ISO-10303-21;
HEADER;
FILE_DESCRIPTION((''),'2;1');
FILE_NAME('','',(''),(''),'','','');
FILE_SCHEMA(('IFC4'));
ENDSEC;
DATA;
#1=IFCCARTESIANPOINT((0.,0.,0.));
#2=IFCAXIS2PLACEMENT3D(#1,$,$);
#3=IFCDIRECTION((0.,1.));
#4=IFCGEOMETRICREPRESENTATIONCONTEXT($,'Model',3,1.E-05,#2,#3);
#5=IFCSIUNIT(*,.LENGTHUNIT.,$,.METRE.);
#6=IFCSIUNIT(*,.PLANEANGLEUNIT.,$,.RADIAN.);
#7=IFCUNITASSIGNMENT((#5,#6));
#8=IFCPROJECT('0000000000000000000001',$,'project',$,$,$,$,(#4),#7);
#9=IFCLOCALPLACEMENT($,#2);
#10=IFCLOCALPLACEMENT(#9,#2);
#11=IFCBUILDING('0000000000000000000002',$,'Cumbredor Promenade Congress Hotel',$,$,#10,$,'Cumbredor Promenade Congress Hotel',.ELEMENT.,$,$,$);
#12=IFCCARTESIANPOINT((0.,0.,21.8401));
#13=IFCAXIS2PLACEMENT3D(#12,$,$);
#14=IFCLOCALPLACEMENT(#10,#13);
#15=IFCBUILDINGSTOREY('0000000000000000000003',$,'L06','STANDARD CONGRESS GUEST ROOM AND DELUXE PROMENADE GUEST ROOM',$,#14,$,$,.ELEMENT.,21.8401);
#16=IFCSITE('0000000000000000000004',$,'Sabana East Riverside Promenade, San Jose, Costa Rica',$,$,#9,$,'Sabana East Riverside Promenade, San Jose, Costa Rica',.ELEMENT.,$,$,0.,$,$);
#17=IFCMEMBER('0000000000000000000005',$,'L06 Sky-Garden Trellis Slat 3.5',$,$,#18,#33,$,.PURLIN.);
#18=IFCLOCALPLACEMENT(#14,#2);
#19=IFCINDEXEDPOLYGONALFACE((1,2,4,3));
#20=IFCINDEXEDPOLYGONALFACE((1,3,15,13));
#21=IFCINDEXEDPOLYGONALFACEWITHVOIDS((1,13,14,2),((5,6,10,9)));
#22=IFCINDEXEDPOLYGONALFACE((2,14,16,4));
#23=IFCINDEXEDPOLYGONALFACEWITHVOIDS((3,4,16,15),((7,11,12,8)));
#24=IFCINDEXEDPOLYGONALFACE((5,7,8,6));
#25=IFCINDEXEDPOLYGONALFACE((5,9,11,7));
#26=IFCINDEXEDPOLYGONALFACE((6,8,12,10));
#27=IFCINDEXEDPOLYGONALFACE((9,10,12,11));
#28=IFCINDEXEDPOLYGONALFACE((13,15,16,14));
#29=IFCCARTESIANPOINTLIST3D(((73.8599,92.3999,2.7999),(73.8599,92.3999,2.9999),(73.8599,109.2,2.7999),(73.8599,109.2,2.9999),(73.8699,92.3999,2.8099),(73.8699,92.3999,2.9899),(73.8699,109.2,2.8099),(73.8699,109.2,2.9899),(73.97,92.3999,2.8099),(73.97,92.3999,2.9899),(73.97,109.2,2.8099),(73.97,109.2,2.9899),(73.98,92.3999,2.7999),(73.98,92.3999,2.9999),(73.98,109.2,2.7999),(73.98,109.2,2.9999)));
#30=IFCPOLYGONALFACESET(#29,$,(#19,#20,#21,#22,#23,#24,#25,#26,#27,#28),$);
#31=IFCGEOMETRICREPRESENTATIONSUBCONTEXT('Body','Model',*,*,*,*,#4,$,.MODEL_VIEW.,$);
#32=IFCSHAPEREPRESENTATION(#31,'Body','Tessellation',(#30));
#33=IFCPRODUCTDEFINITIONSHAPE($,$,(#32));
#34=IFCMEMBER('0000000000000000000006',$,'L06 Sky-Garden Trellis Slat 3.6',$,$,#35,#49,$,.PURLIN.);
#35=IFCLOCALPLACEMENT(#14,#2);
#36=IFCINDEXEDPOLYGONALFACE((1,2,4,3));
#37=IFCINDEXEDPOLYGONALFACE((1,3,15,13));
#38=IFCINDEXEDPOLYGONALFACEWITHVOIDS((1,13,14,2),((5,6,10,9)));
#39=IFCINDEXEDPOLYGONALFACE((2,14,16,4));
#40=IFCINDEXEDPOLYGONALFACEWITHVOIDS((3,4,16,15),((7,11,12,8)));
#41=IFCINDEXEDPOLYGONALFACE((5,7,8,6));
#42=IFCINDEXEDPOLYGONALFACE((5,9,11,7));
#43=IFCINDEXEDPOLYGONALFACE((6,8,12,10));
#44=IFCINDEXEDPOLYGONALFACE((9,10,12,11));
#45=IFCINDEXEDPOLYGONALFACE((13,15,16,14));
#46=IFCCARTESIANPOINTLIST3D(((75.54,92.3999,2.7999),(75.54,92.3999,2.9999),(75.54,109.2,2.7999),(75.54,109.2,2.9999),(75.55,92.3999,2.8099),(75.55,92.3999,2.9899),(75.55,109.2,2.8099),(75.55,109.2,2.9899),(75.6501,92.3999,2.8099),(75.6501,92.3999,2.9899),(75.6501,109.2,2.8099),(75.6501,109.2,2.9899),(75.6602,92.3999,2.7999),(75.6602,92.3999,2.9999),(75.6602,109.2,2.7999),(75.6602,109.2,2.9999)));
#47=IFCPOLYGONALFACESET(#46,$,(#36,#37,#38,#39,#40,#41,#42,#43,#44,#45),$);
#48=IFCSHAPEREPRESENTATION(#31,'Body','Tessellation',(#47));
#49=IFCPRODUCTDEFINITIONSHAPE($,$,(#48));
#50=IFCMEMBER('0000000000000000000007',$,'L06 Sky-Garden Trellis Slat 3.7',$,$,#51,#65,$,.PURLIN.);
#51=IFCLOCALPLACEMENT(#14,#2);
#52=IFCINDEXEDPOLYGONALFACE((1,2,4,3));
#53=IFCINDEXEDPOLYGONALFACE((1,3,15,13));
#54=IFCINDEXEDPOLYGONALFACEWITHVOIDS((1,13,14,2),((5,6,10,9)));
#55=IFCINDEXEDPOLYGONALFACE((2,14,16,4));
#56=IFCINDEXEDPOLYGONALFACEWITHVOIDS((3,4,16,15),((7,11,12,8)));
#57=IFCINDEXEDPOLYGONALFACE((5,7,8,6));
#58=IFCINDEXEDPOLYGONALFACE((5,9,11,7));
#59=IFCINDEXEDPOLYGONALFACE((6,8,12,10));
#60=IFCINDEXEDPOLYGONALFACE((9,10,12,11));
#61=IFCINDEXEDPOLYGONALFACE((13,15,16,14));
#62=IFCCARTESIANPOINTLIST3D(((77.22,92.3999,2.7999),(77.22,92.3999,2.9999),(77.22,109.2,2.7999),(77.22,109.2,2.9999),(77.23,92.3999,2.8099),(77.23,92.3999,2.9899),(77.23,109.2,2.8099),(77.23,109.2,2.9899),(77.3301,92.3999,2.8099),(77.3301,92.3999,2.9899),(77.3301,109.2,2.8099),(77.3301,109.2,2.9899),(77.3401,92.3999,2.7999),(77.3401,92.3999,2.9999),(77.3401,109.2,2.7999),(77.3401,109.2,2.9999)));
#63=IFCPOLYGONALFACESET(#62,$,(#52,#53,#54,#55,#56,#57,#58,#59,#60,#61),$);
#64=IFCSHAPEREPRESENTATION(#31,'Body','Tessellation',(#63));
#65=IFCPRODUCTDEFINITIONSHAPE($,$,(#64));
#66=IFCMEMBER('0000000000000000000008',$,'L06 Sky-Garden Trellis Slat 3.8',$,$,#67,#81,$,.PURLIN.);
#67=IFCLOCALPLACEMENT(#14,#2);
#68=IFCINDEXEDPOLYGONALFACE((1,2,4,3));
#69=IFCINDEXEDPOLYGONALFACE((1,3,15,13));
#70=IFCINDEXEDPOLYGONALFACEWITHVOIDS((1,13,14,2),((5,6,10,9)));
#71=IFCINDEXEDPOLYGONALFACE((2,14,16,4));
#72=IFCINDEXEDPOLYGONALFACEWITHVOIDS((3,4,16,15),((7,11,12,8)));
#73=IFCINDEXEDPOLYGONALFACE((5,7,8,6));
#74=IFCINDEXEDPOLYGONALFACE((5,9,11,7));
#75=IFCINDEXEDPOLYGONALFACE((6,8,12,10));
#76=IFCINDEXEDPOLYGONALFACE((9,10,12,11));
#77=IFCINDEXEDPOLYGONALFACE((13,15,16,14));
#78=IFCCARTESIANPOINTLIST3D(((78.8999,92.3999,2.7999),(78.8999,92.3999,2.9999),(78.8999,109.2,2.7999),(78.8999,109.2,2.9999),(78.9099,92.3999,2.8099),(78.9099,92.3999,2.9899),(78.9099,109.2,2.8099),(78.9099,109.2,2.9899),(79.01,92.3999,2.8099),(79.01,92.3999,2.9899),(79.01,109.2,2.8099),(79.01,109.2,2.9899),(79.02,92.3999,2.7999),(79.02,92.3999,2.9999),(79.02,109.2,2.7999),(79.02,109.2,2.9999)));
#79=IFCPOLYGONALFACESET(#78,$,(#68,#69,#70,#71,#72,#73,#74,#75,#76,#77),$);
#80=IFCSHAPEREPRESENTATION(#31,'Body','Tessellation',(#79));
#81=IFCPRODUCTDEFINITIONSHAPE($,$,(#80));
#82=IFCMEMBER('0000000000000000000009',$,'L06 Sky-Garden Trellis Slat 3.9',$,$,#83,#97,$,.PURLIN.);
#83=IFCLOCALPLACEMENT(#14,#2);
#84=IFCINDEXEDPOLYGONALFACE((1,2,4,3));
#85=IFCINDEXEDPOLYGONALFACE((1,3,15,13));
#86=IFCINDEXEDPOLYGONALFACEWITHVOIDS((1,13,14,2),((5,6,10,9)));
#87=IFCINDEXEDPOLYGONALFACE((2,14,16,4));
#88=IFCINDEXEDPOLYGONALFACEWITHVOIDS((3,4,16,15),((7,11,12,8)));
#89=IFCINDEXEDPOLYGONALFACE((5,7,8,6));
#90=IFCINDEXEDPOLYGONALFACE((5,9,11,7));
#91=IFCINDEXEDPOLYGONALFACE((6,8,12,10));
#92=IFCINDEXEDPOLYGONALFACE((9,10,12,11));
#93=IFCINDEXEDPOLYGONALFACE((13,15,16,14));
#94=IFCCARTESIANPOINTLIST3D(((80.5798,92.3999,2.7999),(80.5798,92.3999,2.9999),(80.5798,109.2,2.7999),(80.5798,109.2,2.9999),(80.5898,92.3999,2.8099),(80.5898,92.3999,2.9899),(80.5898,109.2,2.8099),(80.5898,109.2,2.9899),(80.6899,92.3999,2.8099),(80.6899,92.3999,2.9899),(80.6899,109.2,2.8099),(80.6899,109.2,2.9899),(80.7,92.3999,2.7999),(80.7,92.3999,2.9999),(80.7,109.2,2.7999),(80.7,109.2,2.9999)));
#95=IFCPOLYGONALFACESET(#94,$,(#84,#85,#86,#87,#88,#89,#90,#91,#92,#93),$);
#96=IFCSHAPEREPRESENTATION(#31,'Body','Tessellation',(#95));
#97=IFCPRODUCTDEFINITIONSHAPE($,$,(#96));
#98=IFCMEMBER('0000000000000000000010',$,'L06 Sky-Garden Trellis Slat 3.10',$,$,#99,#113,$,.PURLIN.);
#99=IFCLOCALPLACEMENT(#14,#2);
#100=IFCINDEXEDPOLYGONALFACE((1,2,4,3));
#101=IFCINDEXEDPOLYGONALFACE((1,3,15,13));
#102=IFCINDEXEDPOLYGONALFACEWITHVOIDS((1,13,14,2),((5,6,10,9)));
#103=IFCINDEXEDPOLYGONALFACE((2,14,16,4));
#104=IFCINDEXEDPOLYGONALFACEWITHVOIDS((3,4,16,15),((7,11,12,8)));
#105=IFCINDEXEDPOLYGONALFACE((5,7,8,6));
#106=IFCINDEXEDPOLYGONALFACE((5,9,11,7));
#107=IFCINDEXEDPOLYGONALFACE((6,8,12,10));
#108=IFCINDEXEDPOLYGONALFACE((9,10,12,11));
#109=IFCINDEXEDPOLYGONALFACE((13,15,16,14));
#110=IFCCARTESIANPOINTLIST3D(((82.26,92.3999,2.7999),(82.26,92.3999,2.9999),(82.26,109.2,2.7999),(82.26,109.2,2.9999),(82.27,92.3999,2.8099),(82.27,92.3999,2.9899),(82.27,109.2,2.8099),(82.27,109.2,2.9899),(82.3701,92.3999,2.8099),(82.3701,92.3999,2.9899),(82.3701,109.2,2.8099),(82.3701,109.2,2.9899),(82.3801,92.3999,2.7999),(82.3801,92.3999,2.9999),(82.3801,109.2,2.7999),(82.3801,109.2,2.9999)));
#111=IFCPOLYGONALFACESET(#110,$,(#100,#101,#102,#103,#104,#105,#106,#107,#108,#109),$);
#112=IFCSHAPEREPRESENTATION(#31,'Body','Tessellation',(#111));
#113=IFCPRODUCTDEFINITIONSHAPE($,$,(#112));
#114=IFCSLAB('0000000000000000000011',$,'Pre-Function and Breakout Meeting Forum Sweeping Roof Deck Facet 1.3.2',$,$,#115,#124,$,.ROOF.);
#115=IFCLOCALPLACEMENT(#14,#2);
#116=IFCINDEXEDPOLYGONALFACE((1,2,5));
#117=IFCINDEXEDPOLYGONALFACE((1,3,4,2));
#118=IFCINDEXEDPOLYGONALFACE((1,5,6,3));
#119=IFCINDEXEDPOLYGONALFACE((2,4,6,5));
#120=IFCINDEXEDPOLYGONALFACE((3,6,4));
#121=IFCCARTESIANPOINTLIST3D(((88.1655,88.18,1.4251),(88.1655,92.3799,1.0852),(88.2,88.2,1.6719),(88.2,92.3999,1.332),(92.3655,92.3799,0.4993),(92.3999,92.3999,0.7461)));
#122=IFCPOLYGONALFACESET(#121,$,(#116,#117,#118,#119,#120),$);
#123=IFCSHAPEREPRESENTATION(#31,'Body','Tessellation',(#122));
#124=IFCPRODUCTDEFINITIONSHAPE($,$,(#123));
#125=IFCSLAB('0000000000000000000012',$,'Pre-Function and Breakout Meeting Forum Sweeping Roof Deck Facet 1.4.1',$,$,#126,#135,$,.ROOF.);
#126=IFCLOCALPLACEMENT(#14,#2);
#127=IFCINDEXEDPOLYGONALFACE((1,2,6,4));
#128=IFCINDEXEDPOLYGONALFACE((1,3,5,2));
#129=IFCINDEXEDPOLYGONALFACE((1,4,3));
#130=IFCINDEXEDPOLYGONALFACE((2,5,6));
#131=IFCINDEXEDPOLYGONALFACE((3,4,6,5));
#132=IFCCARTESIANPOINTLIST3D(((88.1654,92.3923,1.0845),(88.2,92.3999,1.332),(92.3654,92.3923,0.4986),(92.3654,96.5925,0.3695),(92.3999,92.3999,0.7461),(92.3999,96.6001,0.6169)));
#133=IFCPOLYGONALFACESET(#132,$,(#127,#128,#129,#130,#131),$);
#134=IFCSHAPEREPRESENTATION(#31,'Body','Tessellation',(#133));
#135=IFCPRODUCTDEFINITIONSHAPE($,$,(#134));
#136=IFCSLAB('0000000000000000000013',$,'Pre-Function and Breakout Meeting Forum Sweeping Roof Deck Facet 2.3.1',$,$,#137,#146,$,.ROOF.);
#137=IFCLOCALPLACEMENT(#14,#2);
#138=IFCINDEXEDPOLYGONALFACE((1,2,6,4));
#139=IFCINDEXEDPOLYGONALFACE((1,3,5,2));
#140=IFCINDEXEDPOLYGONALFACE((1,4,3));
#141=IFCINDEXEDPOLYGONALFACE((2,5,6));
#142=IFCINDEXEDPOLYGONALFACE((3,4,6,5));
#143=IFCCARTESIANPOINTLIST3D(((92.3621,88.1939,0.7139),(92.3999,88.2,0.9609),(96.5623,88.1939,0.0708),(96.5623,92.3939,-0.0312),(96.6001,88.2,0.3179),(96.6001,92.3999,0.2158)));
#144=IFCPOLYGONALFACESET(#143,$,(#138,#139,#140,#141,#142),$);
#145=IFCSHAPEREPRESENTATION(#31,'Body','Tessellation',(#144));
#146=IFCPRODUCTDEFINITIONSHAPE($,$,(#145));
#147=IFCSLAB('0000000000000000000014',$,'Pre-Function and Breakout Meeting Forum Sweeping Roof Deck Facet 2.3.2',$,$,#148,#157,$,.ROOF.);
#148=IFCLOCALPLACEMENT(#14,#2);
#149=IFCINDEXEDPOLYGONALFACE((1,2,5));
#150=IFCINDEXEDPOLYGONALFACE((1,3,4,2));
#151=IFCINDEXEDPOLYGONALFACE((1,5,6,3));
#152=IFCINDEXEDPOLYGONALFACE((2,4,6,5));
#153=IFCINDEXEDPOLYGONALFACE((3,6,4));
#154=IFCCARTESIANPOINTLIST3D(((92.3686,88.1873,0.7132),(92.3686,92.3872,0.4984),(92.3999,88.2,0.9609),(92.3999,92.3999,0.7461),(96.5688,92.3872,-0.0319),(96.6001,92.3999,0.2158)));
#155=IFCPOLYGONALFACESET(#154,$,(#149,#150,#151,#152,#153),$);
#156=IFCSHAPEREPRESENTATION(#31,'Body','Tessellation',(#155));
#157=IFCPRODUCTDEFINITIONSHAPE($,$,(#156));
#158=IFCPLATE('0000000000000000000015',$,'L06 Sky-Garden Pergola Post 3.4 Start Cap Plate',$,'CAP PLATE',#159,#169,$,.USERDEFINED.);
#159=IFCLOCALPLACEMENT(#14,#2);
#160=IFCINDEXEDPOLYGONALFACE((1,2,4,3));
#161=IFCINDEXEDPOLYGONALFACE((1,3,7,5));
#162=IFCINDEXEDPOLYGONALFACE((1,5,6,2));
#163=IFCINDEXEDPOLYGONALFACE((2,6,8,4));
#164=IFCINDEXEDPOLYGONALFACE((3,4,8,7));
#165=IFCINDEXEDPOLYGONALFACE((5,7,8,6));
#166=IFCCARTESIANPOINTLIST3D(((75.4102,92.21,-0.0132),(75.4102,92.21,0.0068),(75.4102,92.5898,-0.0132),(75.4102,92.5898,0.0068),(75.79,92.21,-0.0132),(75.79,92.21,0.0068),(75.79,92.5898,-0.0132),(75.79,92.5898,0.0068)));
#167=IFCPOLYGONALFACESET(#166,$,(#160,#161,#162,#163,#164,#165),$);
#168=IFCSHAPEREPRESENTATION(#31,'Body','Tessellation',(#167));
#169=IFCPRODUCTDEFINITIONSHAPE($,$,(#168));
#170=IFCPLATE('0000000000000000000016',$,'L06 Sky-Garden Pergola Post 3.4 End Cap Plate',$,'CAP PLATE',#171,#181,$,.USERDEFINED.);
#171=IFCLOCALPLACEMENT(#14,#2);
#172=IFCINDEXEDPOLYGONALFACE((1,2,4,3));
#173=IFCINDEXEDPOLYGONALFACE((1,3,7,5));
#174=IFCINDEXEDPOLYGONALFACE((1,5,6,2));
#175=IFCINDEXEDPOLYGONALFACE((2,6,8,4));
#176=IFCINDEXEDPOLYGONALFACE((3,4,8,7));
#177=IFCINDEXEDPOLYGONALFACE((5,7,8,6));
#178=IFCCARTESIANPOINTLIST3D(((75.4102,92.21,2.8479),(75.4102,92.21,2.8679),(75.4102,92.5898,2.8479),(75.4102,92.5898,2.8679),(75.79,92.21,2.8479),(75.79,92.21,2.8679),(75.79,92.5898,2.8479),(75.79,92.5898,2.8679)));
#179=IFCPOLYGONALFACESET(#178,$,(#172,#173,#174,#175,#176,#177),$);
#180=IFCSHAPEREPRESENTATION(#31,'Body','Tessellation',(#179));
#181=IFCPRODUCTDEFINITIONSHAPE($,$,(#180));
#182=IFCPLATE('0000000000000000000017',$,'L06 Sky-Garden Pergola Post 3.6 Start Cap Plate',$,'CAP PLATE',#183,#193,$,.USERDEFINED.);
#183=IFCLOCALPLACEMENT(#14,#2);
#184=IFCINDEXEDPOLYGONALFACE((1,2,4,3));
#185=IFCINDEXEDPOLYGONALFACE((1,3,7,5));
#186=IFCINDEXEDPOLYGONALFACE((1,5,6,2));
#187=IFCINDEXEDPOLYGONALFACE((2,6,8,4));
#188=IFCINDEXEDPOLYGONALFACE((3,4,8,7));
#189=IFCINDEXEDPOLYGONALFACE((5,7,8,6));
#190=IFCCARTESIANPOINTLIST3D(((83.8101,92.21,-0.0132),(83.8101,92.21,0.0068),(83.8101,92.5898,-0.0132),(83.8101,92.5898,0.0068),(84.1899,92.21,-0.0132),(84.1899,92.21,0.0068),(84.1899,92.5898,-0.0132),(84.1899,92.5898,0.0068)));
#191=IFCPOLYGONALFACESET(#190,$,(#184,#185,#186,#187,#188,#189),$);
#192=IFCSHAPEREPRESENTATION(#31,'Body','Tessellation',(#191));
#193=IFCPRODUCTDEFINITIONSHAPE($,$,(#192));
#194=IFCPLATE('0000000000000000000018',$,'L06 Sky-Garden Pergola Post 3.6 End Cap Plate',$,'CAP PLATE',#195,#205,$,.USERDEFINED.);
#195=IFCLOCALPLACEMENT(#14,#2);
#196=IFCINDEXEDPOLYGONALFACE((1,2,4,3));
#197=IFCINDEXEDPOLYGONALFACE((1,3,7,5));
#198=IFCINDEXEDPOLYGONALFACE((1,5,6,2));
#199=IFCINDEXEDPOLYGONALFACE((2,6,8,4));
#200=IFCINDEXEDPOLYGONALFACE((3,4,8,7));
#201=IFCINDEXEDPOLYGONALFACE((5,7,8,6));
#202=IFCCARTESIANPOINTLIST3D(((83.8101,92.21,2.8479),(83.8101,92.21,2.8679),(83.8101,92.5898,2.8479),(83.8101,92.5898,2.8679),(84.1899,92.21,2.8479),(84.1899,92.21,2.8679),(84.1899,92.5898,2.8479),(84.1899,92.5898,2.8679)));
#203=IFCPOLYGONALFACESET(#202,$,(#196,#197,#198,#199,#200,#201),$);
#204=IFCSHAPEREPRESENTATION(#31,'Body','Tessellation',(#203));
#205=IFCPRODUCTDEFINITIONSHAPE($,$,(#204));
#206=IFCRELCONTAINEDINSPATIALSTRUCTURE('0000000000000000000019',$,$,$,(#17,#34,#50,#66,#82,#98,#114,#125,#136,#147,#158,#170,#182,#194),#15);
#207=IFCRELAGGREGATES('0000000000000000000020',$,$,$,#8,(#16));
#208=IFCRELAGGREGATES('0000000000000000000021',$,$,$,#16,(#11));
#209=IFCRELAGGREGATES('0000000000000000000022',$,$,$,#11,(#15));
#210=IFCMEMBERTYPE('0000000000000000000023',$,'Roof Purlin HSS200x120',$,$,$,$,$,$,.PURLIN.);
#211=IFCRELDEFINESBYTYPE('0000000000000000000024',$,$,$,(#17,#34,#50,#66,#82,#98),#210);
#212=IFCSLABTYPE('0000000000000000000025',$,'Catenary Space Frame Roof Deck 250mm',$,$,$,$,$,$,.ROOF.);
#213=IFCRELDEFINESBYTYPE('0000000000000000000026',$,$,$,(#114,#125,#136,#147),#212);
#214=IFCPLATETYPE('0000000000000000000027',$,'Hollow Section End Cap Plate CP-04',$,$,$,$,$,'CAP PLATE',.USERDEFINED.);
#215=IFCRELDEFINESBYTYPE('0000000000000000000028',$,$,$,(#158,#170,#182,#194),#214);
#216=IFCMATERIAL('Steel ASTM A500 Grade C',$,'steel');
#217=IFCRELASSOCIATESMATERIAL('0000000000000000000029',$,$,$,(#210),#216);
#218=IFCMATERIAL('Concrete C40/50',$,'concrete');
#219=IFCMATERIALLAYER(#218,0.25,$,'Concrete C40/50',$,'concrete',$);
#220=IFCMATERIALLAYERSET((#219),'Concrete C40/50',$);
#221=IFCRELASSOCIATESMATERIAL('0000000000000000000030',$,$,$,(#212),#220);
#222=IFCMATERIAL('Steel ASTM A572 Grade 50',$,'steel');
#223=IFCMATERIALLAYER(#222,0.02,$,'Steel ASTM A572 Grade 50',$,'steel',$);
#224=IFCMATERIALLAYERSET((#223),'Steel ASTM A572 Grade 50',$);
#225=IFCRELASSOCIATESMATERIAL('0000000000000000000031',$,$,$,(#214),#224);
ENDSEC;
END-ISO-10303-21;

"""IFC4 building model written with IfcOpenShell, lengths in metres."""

from ifc_helpers import new_model, si_unit, direction, frame, origin, origin_2d, place, context, subcontext, project, spatial, polyline, rectangle, hollow_rectangle, outline, extrude, material, layer, layer_set, material_profile, profile_set, type_object, element, save


model = new_model("IFC4")

# Units and contexts
model_context = context("Model", 3, precision=1e-05, world=origin(), true_north=direction((0.0, 1.0)))
body_context = subcontext(model_context, "Body", "Model", "MODEL_VIEW")
ifc_project = project(units=[si_unit("LENGTHUNIT", "METRE"), si_unit("PLANEANGLEUNIT", "RADIAN")], contexts=[model_context])

# Site, building, storey
site_placement = place(None, origin())
site = spatial("IfcSite", under=ifc_project, at=site_placement, Name="Sabana East Riverside Promenade, San Jose, Costa Rica", LongName="Sabana East Riverside Promenade, San Jose, Costa Rica", CompositionType="ELEMENT", RefElevation=0.0)
building_placement = place(site_placement, origin())
building = spatial("IfcBuilding", under=site, at=building_placement, Name="Cumbredor Promenade Congress Hotel", LongName="Cumbredor Promenade Congress Hotel", CompositionType="ELEMENT")
storey_placement = place(building_placement, frame((0.0, 0.0, 21.8401)))
storey = spatial("IfcBuildingStorey", under=building, at=storey_placement, Name="L06", Description="STANDARD CONGRESS GUEST ROOM AND DELUXE PROMENADE GUEST ROOM", CompositionType="ELEMENT", Elevation=21.8401)

# Shared definitions
ifc_material_1 = material(Name="Steel ASTM A500 Grade C", Category="steel")

# Members
ifc_material_profile_1 = material_profile(ifc_material_1, hollow_rectangle(XDim=0.1201, YDim=0.2, WallThickness=0.01, at=origin_2d()), Name="HSS 200x120x10")
ifc_profile_set_1 = profile_set([ifc_material_profile_1], Name="Steel ASTM A500 Grade C")
member_type_1 = type_object("IfcMemberType", Name="Roof Purlin HSS200x120", PredefinedType="PURLIN", material=ifc_profile_set_1)
for number, where, z_axis, x_axis, name in (
    (1, (73.9199, 92.3999, 2.8999), (0.0, 1.0, 0.0), (-1.0, 0.0, 0.0), "L06 Sky-Garden Trellis Slat 3.5"),
    (2, (75.6001, 92.3999, 2.8999), (0.0, 1.0, 0.0), (-1.0, 0.0, 0.0), "L06 Sky-Garden Trellis Slat 3.6"),
    (3, (77.28, 92.3999, 2.8999), (0.0, 1.0, 0.0), (-1.0, 0.0, 0.0), "L06 Sky-Garden Trellis Slat 3.7"),
    (4, (78.96, 92.3999, 2.8999), (0.0, 1.0, 0.0), (-1.0, 0.0, 0.0), "L06 Sky-Garden Trellis Slat 3.8"),
    (5, (80.6399, 92.3999, 2.8999), (0.0, 1.0, 0.0), (-1.0, 0.0, 0.0), "L06 Sky-Garden Trellis Slat 3.9"),
    (6, (82.3201, 92.3999, 2.8999), (0.0, 1.0, 0.0), (-1.0, 0.0, 0.0), "L06 Sky-Garden Trellis Slat 3.10"),
):
    element("IfcMember", number, at=place(storey_placement, frame(where, z_axis=z_axis, x_axis=x_axis)), inside=storey, type_object=member_type_1, Name=name, PredefinedType="PURLIN", context=body_context, shape_type="SweptSolid", body=[
        extrude(hollow_rectangle(XDim=0.1201, YDim=0.2, WallThickness=0.01, at=origin_2d()), origin(), (0.0, 0.0, 1.0), 16.8),
    ])

# Slabs
ifc_material_2 = material(Name="Concrete C40/50", Category="concrete")
ifc_layer_1 = layer(ifc_material_2, 0.25, Name="Concrete C40/50", Category="concrete")
ifc_layer_set_1 = layer_set([ifc_layer_1], Name="Concrete C40/50")
slab_type = type_object("IfcSlabType", Name="Catenary Space Frame Roof Deck 250mm", PredefinedType="ROOF", material=ifc_layer_set_1)
slab_1_placement = place(storey_placement, frame((88.2, 88.2, 1.6719), z_axis=(0.137731, 0.079884, 0.987243), x_axis=(0.698671, 0.698671, -0.154006)))
element("IfcSlab", 7, at=slab_1_placement, inside=storey, type_object=slab_type, Name="Pre-Function and Breakout Meeting Forum Sweeping Roof Deck Facet 1.3.2", PredefinedType="ROOF", context=body_context, shape_type="SweptSolid", body=[
    extrude(outline(polyline([(0.0, 0.0), (6.0113, 0.0), (2.9867, 2.9723), (0.0, 0.0)])), origin(), (0.0, 0.0, -1.0), 0.25),
])
slab_2_placement = place(storey_placement, frame((88.2, 92.3999, 1.332), z_axis=(0.138108, 0.03044, 0.989949), x_axis=(0.990408, 0.0, -0.138172)))
element("IfcSlab", 8, at=slab_2_placement, inside=storey, type_object=slab_type, Name="Pre-Function and Breakout Meeting Forum Sweeping Roof Deck Facet 1.4.1", PredefinedType="ROOF", context=body_context, shape_type="SweptSolid", body=[
    extrude(outline(polyline([(0.0, 0.0), (4.2406, 0.0), (4.2585, 4.2021), (0.0, 0.0)])), origin(), (0.0, 0.0, -1.0), 0.25),
])
slab_3_placement = place(storey_placement, frame((92.3999, 88.2, 0.9609), z_axis=(0.151297, 0.024011, 0.988197), x_axis=(0.988482, 0.0, -0.15134)))
element("IfcSlab", 9, at=slab_3_placement, inside=storey, type_object=slab_type, Name="Pre-Function and Breakout Meeting Forum Sweeping Roof Deck Facet 2.3.1", PredefinedType="ROOF", context=body_context, shape_type="SweptSolid", body=[
    extrude(outline(polyline([(0.0, 0.0), (4.2491, 0.0), (4.2646, 4.2012), (0.0, 0.0)])), origin(), (0.0, 0.0, -1.0), 0.25),
])
slab_4_placement = place(storey_placement, frame((92.3999, 88.2, 0.9609), z_axis=(0.125094, 0.050686, 0.990849), x_axis=(0.701628, 0.701588, -0.124469)))
element("IfcSlab", 10, at=slab_4_placement, inside=storey, type_object=slab_type, Name="Pre-Function and Breakout Meeting Forum Sweeping Roof Deck Facet 2.3.2", PredefinedType="ROOF", context=body_context, shape_type="SweptSolid", body=[
    extrude(outline(polyline([(0.0, 0.0), (5.9864, 0.0), (2.9734, 2.974), (0.0, 0.0)])), origin(), (0.0, 0.0, -1.0), 0.25),
])

# Plates
ifc_material_3 = material(Name="Steel ASTM A572 Grade 50", Category="steel")
ifc_layer_2 = layer(ifc_material_3, 0.02, Name="Steel ASTM A572 Grade 50", Category="steel")
ifc_layer_set_2 = layer_set([ifc_layer_2], Name="Steel ASTM A572 Grade 50")
plate_type_1 = type_object("IfcPlateType", Name="Hollow Section End Cap Plate CP-04", ElementType="CAP PLATE", PredefinedType="USERDEFINED", material=ifc_layer_set_2)
for number, where, z_axis, x_axis, name in (
    (11, (75.6001, 92.3999, -0.0132), (0.0, 0.0, 1.0), (1.0, 0.0, 0.0), "L06 Sky-Garden Pergola Post 3.4 Start Cap Plate"),
    (12, (75.6001, 92.3999, 2.8479), (0.0, 0.0, 1.0), (1.0, 0.0, 0.0), "L06 Sky-Garden Pergola Post 3.4 End Cap Plate"),
    (13, (84.0, 92.3999, -0.0132), (0.0, 0.0, 1.0), (1.0, 0.0, 0.0), "L06 Sky-Garden Pergola Post 3.6 Start Cap Plate"),
    (14, (84.0, 92.3999, 2.8479), (0.0, 0.0, 1.0), (1.0, 0.0, 0.0), "L06 Sky-Garden Pergola Post 3.6 End Cap Plate"),
):
    element("IfcPlate", number, at=place(storey_placement, frame(where, z_axis=z_axis, x_axis=x_axis)), inside=storey, type_object=plate_type_1, Name=name, ObjectType="CAP PLATE", PredefinedType="USERDEFINED", context=body_context, shape_type="SweptSolid", body=[
        extrude(rectangle(XDim=0.3799, YDim=0.3799, at=origin_2d()), origin(), (0.0, 0.0, 1.0), 0.02),
    ])

save(model, "model.ifc")
